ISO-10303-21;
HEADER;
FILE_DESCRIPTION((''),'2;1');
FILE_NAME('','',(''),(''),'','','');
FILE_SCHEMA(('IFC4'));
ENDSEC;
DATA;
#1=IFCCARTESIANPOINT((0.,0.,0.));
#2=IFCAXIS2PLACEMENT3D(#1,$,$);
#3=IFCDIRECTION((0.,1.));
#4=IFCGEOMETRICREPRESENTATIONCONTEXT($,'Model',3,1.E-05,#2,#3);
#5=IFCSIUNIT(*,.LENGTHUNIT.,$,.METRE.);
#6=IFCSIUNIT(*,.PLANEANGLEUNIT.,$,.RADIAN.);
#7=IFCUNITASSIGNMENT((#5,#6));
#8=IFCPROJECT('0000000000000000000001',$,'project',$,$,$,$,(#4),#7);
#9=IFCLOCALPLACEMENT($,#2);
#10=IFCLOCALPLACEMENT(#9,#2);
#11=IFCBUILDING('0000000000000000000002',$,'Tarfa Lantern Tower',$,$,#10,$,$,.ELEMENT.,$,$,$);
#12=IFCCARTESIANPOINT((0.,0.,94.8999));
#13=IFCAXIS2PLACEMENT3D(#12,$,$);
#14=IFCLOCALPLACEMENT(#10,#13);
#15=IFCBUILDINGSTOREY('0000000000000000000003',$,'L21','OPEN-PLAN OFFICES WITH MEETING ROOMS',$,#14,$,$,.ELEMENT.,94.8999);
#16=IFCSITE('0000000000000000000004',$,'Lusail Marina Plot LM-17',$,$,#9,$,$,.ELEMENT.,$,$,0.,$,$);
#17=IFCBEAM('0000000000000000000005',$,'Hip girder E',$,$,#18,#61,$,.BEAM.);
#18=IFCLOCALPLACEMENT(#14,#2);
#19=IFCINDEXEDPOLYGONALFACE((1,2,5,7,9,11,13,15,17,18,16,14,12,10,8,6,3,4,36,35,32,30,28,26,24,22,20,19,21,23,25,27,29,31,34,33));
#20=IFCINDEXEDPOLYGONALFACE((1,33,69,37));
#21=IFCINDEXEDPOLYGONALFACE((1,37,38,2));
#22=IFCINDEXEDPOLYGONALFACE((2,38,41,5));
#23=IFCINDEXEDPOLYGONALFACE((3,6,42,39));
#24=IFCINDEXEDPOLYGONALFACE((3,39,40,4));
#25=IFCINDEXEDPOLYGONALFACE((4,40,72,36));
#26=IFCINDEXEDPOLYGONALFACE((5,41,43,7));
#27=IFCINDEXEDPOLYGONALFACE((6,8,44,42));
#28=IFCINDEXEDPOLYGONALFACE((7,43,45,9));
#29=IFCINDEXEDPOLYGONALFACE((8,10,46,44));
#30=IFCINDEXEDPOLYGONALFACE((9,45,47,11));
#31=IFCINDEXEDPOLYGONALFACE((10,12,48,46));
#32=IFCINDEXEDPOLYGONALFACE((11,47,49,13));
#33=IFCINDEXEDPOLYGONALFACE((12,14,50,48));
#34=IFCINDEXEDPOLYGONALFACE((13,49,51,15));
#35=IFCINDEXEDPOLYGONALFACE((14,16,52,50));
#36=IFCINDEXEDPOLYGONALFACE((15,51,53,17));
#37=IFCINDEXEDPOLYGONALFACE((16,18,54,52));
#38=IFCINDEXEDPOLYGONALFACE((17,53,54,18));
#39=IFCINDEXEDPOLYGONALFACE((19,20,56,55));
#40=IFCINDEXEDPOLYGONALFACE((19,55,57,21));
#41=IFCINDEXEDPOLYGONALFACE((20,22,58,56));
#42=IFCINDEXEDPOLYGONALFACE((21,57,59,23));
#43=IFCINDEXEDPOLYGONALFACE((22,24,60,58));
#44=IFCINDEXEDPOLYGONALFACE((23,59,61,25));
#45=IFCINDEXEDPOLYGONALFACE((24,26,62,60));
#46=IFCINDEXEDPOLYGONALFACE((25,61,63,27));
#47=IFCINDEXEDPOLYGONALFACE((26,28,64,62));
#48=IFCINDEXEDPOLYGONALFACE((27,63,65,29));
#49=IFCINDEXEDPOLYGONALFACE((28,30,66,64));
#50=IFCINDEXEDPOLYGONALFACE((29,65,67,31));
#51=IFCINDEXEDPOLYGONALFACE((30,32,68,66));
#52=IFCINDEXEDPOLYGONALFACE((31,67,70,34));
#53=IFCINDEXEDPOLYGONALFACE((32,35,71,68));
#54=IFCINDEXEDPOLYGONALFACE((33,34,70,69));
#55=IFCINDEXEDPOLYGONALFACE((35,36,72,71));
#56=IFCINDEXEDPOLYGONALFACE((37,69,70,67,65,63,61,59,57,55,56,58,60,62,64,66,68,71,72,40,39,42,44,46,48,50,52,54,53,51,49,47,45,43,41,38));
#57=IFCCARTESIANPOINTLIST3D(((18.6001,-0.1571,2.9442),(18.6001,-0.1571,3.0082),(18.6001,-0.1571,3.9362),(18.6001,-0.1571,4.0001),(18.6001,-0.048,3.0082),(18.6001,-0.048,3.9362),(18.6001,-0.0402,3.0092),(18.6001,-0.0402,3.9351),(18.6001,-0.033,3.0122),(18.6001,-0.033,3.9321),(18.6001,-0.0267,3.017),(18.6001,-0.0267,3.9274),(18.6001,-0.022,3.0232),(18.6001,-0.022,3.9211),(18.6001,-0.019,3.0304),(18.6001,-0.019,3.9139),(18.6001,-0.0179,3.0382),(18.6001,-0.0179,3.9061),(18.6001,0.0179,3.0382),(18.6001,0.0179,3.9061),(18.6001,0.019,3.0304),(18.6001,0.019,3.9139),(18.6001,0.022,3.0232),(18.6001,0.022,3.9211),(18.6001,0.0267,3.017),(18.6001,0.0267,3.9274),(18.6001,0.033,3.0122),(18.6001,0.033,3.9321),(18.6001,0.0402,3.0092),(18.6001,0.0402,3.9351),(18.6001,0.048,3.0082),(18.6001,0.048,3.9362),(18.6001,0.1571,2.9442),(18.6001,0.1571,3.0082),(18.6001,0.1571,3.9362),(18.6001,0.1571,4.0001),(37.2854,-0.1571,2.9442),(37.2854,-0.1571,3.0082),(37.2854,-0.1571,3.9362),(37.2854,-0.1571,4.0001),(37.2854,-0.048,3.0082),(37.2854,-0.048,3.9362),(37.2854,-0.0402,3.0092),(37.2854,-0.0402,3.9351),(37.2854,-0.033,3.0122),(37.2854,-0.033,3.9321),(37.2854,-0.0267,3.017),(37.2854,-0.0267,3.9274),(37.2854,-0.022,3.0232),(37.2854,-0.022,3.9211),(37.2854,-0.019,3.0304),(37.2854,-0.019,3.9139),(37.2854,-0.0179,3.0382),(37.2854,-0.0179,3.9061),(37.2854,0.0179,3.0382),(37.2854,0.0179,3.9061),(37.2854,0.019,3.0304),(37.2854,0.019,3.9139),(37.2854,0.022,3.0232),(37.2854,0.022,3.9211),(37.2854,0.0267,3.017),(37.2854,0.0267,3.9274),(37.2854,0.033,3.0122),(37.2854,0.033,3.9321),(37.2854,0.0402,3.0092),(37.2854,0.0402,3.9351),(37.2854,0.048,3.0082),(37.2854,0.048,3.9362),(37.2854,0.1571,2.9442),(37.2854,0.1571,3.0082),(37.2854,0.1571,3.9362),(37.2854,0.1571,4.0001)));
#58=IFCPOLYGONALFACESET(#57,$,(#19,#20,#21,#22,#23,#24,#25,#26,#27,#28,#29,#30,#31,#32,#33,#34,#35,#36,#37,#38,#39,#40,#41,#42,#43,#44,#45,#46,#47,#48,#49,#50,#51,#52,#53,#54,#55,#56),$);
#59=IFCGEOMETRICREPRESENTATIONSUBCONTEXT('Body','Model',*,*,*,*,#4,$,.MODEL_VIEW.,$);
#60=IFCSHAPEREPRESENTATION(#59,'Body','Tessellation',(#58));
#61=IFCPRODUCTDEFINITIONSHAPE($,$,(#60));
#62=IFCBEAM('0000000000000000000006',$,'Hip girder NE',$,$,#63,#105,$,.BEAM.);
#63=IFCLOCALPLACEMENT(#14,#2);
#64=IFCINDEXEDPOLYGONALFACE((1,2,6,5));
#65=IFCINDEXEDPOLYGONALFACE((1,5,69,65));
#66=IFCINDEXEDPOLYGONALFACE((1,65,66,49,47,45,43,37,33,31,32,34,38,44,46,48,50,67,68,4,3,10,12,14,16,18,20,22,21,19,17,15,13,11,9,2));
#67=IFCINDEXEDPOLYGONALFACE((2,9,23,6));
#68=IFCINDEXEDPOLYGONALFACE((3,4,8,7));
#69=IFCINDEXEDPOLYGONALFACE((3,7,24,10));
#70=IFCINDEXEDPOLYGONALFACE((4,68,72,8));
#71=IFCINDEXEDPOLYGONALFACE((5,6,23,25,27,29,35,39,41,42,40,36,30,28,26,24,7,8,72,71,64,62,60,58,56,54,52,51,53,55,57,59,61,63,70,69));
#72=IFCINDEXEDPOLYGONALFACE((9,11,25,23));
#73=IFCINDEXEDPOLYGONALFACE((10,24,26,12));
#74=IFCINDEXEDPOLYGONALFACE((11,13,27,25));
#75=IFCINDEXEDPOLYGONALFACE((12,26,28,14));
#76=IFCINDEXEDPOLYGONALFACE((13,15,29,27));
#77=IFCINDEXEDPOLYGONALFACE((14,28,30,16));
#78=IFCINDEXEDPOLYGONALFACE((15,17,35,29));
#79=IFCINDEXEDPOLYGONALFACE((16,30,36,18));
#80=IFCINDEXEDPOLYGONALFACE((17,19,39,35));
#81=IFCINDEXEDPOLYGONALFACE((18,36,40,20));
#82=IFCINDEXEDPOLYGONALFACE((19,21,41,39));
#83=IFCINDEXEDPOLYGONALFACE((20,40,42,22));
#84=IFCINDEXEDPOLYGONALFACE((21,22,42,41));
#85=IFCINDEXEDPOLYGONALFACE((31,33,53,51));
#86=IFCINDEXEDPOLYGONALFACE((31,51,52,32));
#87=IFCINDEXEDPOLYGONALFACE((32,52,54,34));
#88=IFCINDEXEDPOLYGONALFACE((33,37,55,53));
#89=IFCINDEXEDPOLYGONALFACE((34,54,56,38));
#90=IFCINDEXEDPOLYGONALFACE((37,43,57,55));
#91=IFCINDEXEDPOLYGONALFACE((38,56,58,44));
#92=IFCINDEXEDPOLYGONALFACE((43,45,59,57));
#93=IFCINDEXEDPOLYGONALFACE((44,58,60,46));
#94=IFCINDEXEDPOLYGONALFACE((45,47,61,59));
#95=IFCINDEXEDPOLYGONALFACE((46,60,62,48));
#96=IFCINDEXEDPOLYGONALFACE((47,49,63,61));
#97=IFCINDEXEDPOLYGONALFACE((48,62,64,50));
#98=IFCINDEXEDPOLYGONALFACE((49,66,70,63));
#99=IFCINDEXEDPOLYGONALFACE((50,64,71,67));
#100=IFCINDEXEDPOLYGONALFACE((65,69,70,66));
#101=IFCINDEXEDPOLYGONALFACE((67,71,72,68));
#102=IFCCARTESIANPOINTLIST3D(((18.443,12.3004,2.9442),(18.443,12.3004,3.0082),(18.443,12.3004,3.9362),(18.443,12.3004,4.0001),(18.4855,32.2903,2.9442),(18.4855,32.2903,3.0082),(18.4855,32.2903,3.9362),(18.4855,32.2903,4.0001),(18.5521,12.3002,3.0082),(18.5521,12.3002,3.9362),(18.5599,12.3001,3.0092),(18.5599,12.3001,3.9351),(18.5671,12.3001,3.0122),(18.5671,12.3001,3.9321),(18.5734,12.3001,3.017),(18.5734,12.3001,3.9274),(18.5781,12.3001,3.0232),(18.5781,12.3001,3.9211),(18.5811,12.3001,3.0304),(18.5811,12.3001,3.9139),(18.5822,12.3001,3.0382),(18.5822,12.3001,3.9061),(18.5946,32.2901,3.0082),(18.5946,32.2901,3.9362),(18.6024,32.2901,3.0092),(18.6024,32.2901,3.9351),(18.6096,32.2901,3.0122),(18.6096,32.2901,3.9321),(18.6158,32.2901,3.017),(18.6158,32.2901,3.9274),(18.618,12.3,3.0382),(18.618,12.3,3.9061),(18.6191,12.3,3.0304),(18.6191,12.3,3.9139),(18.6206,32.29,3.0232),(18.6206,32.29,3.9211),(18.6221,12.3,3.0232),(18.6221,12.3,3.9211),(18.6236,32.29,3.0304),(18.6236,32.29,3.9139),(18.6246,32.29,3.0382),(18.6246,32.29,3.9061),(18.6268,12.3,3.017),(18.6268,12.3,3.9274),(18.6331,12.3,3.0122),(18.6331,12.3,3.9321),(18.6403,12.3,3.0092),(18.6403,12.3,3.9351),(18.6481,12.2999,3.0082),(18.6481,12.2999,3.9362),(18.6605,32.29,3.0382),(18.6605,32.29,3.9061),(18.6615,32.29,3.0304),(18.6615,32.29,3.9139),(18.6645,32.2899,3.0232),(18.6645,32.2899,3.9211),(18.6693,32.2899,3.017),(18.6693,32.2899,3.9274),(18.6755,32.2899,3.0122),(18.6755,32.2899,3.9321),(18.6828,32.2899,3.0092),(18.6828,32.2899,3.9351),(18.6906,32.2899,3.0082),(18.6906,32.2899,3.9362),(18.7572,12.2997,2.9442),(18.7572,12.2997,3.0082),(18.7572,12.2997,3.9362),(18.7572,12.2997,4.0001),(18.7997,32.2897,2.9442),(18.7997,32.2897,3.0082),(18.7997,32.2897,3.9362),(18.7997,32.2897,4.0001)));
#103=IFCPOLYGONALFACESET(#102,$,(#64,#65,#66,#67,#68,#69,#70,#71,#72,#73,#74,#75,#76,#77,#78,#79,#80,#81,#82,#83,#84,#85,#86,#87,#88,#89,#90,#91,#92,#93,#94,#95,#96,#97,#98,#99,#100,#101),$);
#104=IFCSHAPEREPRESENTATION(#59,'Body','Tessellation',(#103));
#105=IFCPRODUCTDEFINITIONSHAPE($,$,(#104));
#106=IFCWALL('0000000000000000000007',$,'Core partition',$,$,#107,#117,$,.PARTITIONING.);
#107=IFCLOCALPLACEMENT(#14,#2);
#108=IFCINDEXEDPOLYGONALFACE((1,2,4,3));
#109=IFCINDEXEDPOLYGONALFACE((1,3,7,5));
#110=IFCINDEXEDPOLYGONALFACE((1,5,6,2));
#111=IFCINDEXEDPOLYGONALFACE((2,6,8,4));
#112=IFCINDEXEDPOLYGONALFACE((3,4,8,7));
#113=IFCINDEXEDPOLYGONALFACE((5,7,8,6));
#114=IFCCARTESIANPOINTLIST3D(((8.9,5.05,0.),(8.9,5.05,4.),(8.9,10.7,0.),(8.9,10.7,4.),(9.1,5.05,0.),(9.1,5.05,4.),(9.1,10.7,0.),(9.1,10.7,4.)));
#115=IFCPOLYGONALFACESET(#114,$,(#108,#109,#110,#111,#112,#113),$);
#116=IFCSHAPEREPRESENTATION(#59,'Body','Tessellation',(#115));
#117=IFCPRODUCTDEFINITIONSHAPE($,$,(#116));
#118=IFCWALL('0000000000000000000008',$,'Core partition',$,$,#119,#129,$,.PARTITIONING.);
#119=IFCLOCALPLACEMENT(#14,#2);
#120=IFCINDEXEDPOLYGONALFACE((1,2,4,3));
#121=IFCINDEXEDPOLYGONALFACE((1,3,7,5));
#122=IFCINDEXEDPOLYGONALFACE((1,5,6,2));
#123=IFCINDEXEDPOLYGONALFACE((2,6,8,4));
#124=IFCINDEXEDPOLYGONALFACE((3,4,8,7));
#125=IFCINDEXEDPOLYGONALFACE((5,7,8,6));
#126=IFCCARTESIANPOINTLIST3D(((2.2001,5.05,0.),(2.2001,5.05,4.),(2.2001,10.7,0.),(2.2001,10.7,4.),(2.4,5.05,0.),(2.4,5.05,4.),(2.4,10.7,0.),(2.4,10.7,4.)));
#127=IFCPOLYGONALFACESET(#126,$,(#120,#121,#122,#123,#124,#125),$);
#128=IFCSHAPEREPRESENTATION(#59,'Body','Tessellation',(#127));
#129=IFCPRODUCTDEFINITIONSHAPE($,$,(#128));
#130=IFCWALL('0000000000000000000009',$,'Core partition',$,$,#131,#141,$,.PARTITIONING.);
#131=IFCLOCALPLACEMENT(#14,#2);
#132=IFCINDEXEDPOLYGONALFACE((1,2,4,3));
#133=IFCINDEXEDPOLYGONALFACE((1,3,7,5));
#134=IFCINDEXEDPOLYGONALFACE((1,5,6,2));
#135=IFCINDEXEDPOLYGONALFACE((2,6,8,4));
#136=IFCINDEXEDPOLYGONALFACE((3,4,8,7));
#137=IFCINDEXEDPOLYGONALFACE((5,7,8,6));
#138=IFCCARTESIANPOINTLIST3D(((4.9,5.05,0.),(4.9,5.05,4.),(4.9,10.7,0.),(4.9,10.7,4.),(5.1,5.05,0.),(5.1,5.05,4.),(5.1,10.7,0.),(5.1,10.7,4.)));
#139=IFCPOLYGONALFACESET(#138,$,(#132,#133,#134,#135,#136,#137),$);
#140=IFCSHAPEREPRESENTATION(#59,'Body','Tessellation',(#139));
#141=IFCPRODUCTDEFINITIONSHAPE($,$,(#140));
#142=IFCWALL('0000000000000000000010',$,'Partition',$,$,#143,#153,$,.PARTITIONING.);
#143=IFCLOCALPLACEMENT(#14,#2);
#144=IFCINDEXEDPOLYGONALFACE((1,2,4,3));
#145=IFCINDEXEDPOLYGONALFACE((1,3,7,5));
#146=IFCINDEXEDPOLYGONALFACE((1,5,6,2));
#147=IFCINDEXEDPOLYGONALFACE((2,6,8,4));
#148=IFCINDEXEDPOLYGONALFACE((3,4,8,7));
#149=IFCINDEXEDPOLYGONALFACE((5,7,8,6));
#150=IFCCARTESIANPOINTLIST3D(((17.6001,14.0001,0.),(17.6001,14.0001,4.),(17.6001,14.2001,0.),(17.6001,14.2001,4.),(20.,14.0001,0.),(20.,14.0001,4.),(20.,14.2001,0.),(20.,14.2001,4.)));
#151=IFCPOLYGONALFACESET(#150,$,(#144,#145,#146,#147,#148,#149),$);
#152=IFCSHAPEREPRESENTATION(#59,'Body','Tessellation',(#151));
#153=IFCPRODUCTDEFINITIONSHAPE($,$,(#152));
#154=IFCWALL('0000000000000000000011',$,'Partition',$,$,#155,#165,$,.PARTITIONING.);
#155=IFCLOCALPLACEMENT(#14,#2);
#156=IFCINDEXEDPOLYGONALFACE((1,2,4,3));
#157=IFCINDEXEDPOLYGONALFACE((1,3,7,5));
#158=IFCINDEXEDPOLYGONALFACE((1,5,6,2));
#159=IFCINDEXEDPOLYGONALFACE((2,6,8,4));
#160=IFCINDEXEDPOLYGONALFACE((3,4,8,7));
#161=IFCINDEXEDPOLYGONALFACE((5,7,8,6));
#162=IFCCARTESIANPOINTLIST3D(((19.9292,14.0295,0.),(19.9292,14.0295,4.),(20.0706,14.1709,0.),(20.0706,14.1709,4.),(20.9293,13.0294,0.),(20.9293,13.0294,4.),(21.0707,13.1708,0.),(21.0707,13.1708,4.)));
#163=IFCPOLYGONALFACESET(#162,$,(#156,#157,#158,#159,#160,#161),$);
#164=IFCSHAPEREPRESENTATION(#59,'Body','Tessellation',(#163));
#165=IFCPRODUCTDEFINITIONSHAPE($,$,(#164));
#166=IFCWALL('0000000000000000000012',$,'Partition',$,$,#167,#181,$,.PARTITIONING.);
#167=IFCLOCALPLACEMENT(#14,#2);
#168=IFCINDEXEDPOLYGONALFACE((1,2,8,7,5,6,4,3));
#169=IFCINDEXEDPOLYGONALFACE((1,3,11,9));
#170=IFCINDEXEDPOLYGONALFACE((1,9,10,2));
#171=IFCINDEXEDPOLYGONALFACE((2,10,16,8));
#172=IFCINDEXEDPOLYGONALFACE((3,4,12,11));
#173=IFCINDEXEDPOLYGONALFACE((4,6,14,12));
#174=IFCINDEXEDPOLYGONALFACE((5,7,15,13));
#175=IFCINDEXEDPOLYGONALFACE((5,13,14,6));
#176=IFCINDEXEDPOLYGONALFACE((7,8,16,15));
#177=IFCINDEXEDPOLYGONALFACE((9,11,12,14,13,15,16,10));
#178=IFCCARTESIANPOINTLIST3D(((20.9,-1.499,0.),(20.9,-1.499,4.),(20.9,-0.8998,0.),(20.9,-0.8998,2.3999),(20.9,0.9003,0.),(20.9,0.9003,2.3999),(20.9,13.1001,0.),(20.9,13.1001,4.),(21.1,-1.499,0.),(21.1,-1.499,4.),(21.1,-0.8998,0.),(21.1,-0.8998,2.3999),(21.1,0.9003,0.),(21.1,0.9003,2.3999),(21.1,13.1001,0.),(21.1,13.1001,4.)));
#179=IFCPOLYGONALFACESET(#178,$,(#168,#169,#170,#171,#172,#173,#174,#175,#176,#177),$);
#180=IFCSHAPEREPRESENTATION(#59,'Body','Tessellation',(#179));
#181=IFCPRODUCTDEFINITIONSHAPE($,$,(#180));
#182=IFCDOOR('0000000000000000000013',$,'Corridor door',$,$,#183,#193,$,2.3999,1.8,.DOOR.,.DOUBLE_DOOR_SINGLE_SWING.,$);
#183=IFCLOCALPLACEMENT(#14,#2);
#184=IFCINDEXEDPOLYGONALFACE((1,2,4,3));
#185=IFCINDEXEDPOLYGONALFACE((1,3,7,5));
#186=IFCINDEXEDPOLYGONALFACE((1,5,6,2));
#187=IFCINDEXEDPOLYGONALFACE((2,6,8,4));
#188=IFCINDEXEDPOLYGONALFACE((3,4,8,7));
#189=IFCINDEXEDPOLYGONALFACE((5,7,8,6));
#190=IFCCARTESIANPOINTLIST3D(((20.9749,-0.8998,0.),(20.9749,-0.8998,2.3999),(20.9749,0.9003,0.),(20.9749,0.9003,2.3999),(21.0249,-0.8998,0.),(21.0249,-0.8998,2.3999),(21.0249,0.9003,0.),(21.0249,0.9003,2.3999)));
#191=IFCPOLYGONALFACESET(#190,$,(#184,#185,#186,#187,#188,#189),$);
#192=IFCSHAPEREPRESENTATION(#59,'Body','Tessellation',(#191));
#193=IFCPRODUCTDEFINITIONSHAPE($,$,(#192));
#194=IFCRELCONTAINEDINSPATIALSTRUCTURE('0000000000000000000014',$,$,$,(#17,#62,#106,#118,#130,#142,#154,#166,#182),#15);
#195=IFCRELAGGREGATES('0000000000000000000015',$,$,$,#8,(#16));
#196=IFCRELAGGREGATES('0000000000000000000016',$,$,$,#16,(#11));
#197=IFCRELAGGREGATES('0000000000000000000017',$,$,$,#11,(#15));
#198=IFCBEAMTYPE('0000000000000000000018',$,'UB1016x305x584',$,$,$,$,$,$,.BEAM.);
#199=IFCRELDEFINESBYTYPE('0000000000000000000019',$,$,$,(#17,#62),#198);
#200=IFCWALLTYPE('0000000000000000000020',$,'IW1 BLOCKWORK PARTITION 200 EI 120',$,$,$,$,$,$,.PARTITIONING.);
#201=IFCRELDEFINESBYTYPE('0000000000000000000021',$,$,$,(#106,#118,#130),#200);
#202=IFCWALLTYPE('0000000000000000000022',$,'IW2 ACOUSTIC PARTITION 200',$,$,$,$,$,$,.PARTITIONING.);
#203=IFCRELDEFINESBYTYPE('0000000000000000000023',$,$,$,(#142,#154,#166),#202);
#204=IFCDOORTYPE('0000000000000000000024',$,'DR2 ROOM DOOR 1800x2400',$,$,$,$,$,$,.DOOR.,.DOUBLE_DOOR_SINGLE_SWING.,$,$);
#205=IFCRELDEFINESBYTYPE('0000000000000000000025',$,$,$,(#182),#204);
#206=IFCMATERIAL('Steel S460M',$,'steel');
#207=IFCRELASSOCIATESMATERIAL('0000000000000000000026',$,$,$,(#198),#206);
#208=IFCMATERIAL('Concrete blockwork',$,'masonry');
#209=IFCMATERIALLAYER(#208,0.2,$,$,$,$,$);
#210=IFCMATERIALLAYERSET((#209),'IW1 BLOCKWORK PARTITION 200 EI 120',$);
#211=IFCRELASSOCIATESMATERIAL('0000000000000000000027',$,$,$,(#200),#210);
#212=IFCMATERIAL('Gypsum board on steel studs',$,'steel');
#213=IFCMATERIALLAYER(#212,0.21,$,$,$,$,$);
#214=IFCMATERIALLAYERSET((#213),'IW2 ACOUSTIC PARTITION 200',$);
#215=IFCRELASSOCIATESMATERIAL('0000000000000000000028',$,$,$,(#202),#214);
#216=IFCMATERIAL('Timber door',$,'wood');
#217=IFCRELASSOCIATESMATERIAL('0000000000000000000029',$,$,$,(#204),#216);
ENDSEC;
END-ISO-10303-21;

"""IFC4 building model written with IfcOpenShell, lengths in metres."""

from ifc_helpers import new_model, si_unit, direction, frame, frame_2d, origin, origin_2d, place, context, subcontext, project, spatial, rectangle, i_section, extrude, material, layer, layer_set, material_profile, profile_set, type_object, element, fill, save


model = new_model("IFC4")

# Units and contexts
model_context = context("Model", 3, precision=1e-05, world=origin(), true_north=direction((0.0, 1.0)))
body_context = subcontext(model_context, "Body", "Model", "MODEL_VIEW")
ifc_project = project(units=[si_unit("LENGTHUNIT", "METRE"), si_unit("PLANEANGLEUNIT", "RADIAN")], contexts=[model_context])

# Site, building, storey
site_placement = place(None, origin())
site = spatial("IfcSite", under=ifc_project, at=site_placement, Name="Lusail Marina Plot LM-17", CompositionType="ELEMENT", RefElevation=0.0)
building_placement = place(site_placement, origin())
building = spatial("IfcBuilding", under=site, at=building_placement, Name="Tarfa Lantern Tower", CompositionType="ELEMENT")
storey_placement = place(building_placement, frame((0.0, 0.0, 94.8999)))
storey = spatial("IfcBuildingStorey", under=building, at=storey_placement, Name="L21", Description="OPEN-PLAN OFFICES WITH MEETING ROOMS", CompositionType="ELEMENT", Elevation=94.8999)

# Beams
ifc_material_1 = material(Name="Steel S460M", Category="steel")
ifc_material_profile = material_profile(ifc_material_1, i_section(OverallWidth=0.3142, OverallDepth=1.0559, WebThickness=0.0359, FlangeThickness=0.064, FilletRadius=0.03, at=origin_2d()), Name="UB1016x305x584")
ifc_profile_set = profile_set([ifc_material_profile], Name="Steel S460M")
beam_type = type_object("IfcBeamType", Name="UB1016x305x584", PredefinedType="BEAM", material=ifc_profile_set)
beam_1_placement = place(storey_placement, frame((18.6001, 0.0, 3.4722), z_axis=(1.0, 0.0, 0.0), x_axis=(0.0, 1.0, 0.0)))
element("IfcBeam", 1, at=beam_1_placement, inside=storey, type_object=beam_type, Name="Hip girder E", PredefinedType="BEAM", context=body_context, shape_type="SweptSolid", body=[
    extrude(i_section(OverallWidth=0.3142, OverallDepth=1.0559, WebThickness=0.0359, FlangeThickness=0.064, FilletRadius=0.03, at=origin_2d()), origin(), (0.0, 0.0, 1.0), 18.6853),
])
beam_2_placement = place(storey_placement, frame((18.6001, 12.3, 3.4722), z_axis=(0.002125, 0.999998, 0.0), x_axis=(-0.999998, 0.002125, 0.0)))
element("IfcBeam", 2, at=beam_2_placement, inside=storey, type_object=beam_type, Name="Hip girder NE", PredefinedType="BEAM", context=body_context, shape_type="SweptSolid", body=[
    extrude(i_section(OverallWidth=0.3142, OverallDepth=1.0559, WebThickness=0.0359, FlangeThickness=0.064, FilletRadius=0.03, at=origin_2d()), origin(), (0.0, 0.0, 1.0), 19.99),
])

# Walls
ifc_material_2 = material(Name="Concrete blockwork", Category="masonry")
ifc_layer_1 = layer(ifc_material_2, 0.2)
ifc_layer_set_1 = layer_set([ifc_layer_1], Name="IW1 BLOCKWORK PARTITION 200 EI 120")
wall_type_1 = type_object("IfcWallType", Name="IW1 BLOCKWORK PARTITION 200 EI 120", PredefinedType="PARTITIONING", material=ifc_layer_set_1)
for number, where, z_axis, x_axis, name in (
    (3, (9.0, 5.05, 0.0), (0.0, 0.0, 1.0), (0.0, 1.0, 0.0), "Core partition"),
    (4, (2.3, 5.05, 0.0), (0.0, 0.0, 1.0), (0.0, 1.0, 0.0), "Core partition"),
    (5, (5.0, 5.05, 0.0), (0.0, 0.0, 1.0), (0.0, 1.0, 0.0), "Core partition"),
):
    element("IfcWall", number, at=place(storey_placement, frame(where, z_axis=z_axis, x_axis=x_axis)), inside=storey, type_object=wall_type_1, Name=name, PredefinedType="PARTITIONING", context=body_context, shape_type="SweptSolid", body=[
        extrude(rectangle(XDim=5.6499, YDim=0.2, at=frame_2d((2.825, 0.0))), origin(), (0.0, 0.0, 1.0), 4.0),
    ])
ifc_material_3 = material(Name="Gypsum board on steel studs", Category="steel")
ifc_layer_2 = layer(ifc_material_3, 0.21)
ifc_layer_set_2 = layer_set([ifc_layer_2], Name="IW2 ACOUSTIC PARTITION 200")
wall_type_2 = type_object("IfcWallType", Name="IW2 ACOUSTIC PARTITION 200", PredefinedType="PARTITIONING", material=ifc_layer_set_2)
wall_1_placement = place(storey_placement, frame((17.6001, 14.1001, 0.0), z_axis=(0.0, 0.0, 1.0), x_axis=(1.0, 0.0, 0.0)))
element("IfcWall", 6, at=wall_1_placement, inside=storey, type_object=wall_type_2, Name="Partition", PredefinedType="PARTITIONING", context=body_context, shape_type="SweptSolid", body=[
    extrude(rectangle(XDim=2.3999, YDim=0.2, at=frame_2d((1.2, 0.0))), origin(), (0.0, 0.0, 1.0), 4.0),
])
wall_2_placement = place(storey_placement, frame((20.0, 14.1001, 0.0), z_axis=(0.0, 0.0, 1.0), x_axis=(0.707107, -0.707107, 0.0)))
element("IfcWall", 7, at=wall_2_placement, inside=storey, type_object=wall_type_2, Name="Partition", PredefinedType="PARTITIONING", context=body_context, shape_type="SweptSolid", body=[
    extrude(rectangle(XDim=1.4143, YDim=0.2, at=frame_2d((0.707, 0.0))), origin(), (0.0, 0.0, 1.0), 4.0),
])

# Wall, opening, door
wall_3_placement = place(storey_placement, frame((21.0, 13.1001, 0.0), z_axis=(0.0, 0.0, 1.0), x_axis=(0.0, -1.0, 0.0)))
wall_3 = element("IfcWall", 8, at=wall_3_placement, inside=storey, type_object=wall_type_2, Name="Partition", PredefinedType="PARTITIONING", context=body_context, shape_type="SweptSolid", body=[
    extrude(rectangle(XDim=14.5991, YDim=0.2, at=frame_2d((7.2996, 0.0))), origin(), (0.0, 0.0, 1.0), 4.0),
])
opening_1_placement = place(wall_3_placement, frame((12.2, 0.0, 0.0)))
opening_1 = element("IfcOpeningElement", 9, at=opening_1_placement, cuts=wall_3, PredefinedType="OPENING", context=body_context, shape_type="SweptSolid", body=[
    extrude(rectangle(XDim=1.8, YDim=2.3999, at=frame_2d((0.8999, 1.2))), frame((0.0, 0.1099, 0.0), z_axis=(0.0, -1.0, 0.0), x_axis=(1.0, 0.0, 0.0)), (0.0, 0.0, 1.0), 0.22),
])
ifc_material_4 = material(Name="Timber door", Category="wood")
door_type_1 = type_object("IfcDoorType", Name="DR2 ROOM DOOR 1800x2400", OperationType="DOUBLE_DOOR_SINGLE_SWING", PredefinedType="DOOR", material=ifc_material_4)
door_1_placement = place(opening_1_placement, origin())
door_1 = element("IfcDoor", 10, at=door_1_placement, inside=storey, type_object=door_type_1, Name="Corridor door", OperationType="DOUBLE_DOOR_SINGLE_SWING", OverallHeight=2.3999, OverallWidth=1.8, PredefinedType="DOOR", context=body_context, shape_type="SweptSolid", body=[
    extrude(rectangle(XDim=1.8, YDim=2.3999, at=frame_2d((0.8999, 1.2))), frame((0.0, 0.0249, 0.0), z_axis=(0.0, -1.0, 0.0), x_axis=(1.0, 0.0, 0.0)), (0.0, 0.0, 1.0), 0.05),
])
fill(opening_1, door_1)

save(model, "model.ifc")
